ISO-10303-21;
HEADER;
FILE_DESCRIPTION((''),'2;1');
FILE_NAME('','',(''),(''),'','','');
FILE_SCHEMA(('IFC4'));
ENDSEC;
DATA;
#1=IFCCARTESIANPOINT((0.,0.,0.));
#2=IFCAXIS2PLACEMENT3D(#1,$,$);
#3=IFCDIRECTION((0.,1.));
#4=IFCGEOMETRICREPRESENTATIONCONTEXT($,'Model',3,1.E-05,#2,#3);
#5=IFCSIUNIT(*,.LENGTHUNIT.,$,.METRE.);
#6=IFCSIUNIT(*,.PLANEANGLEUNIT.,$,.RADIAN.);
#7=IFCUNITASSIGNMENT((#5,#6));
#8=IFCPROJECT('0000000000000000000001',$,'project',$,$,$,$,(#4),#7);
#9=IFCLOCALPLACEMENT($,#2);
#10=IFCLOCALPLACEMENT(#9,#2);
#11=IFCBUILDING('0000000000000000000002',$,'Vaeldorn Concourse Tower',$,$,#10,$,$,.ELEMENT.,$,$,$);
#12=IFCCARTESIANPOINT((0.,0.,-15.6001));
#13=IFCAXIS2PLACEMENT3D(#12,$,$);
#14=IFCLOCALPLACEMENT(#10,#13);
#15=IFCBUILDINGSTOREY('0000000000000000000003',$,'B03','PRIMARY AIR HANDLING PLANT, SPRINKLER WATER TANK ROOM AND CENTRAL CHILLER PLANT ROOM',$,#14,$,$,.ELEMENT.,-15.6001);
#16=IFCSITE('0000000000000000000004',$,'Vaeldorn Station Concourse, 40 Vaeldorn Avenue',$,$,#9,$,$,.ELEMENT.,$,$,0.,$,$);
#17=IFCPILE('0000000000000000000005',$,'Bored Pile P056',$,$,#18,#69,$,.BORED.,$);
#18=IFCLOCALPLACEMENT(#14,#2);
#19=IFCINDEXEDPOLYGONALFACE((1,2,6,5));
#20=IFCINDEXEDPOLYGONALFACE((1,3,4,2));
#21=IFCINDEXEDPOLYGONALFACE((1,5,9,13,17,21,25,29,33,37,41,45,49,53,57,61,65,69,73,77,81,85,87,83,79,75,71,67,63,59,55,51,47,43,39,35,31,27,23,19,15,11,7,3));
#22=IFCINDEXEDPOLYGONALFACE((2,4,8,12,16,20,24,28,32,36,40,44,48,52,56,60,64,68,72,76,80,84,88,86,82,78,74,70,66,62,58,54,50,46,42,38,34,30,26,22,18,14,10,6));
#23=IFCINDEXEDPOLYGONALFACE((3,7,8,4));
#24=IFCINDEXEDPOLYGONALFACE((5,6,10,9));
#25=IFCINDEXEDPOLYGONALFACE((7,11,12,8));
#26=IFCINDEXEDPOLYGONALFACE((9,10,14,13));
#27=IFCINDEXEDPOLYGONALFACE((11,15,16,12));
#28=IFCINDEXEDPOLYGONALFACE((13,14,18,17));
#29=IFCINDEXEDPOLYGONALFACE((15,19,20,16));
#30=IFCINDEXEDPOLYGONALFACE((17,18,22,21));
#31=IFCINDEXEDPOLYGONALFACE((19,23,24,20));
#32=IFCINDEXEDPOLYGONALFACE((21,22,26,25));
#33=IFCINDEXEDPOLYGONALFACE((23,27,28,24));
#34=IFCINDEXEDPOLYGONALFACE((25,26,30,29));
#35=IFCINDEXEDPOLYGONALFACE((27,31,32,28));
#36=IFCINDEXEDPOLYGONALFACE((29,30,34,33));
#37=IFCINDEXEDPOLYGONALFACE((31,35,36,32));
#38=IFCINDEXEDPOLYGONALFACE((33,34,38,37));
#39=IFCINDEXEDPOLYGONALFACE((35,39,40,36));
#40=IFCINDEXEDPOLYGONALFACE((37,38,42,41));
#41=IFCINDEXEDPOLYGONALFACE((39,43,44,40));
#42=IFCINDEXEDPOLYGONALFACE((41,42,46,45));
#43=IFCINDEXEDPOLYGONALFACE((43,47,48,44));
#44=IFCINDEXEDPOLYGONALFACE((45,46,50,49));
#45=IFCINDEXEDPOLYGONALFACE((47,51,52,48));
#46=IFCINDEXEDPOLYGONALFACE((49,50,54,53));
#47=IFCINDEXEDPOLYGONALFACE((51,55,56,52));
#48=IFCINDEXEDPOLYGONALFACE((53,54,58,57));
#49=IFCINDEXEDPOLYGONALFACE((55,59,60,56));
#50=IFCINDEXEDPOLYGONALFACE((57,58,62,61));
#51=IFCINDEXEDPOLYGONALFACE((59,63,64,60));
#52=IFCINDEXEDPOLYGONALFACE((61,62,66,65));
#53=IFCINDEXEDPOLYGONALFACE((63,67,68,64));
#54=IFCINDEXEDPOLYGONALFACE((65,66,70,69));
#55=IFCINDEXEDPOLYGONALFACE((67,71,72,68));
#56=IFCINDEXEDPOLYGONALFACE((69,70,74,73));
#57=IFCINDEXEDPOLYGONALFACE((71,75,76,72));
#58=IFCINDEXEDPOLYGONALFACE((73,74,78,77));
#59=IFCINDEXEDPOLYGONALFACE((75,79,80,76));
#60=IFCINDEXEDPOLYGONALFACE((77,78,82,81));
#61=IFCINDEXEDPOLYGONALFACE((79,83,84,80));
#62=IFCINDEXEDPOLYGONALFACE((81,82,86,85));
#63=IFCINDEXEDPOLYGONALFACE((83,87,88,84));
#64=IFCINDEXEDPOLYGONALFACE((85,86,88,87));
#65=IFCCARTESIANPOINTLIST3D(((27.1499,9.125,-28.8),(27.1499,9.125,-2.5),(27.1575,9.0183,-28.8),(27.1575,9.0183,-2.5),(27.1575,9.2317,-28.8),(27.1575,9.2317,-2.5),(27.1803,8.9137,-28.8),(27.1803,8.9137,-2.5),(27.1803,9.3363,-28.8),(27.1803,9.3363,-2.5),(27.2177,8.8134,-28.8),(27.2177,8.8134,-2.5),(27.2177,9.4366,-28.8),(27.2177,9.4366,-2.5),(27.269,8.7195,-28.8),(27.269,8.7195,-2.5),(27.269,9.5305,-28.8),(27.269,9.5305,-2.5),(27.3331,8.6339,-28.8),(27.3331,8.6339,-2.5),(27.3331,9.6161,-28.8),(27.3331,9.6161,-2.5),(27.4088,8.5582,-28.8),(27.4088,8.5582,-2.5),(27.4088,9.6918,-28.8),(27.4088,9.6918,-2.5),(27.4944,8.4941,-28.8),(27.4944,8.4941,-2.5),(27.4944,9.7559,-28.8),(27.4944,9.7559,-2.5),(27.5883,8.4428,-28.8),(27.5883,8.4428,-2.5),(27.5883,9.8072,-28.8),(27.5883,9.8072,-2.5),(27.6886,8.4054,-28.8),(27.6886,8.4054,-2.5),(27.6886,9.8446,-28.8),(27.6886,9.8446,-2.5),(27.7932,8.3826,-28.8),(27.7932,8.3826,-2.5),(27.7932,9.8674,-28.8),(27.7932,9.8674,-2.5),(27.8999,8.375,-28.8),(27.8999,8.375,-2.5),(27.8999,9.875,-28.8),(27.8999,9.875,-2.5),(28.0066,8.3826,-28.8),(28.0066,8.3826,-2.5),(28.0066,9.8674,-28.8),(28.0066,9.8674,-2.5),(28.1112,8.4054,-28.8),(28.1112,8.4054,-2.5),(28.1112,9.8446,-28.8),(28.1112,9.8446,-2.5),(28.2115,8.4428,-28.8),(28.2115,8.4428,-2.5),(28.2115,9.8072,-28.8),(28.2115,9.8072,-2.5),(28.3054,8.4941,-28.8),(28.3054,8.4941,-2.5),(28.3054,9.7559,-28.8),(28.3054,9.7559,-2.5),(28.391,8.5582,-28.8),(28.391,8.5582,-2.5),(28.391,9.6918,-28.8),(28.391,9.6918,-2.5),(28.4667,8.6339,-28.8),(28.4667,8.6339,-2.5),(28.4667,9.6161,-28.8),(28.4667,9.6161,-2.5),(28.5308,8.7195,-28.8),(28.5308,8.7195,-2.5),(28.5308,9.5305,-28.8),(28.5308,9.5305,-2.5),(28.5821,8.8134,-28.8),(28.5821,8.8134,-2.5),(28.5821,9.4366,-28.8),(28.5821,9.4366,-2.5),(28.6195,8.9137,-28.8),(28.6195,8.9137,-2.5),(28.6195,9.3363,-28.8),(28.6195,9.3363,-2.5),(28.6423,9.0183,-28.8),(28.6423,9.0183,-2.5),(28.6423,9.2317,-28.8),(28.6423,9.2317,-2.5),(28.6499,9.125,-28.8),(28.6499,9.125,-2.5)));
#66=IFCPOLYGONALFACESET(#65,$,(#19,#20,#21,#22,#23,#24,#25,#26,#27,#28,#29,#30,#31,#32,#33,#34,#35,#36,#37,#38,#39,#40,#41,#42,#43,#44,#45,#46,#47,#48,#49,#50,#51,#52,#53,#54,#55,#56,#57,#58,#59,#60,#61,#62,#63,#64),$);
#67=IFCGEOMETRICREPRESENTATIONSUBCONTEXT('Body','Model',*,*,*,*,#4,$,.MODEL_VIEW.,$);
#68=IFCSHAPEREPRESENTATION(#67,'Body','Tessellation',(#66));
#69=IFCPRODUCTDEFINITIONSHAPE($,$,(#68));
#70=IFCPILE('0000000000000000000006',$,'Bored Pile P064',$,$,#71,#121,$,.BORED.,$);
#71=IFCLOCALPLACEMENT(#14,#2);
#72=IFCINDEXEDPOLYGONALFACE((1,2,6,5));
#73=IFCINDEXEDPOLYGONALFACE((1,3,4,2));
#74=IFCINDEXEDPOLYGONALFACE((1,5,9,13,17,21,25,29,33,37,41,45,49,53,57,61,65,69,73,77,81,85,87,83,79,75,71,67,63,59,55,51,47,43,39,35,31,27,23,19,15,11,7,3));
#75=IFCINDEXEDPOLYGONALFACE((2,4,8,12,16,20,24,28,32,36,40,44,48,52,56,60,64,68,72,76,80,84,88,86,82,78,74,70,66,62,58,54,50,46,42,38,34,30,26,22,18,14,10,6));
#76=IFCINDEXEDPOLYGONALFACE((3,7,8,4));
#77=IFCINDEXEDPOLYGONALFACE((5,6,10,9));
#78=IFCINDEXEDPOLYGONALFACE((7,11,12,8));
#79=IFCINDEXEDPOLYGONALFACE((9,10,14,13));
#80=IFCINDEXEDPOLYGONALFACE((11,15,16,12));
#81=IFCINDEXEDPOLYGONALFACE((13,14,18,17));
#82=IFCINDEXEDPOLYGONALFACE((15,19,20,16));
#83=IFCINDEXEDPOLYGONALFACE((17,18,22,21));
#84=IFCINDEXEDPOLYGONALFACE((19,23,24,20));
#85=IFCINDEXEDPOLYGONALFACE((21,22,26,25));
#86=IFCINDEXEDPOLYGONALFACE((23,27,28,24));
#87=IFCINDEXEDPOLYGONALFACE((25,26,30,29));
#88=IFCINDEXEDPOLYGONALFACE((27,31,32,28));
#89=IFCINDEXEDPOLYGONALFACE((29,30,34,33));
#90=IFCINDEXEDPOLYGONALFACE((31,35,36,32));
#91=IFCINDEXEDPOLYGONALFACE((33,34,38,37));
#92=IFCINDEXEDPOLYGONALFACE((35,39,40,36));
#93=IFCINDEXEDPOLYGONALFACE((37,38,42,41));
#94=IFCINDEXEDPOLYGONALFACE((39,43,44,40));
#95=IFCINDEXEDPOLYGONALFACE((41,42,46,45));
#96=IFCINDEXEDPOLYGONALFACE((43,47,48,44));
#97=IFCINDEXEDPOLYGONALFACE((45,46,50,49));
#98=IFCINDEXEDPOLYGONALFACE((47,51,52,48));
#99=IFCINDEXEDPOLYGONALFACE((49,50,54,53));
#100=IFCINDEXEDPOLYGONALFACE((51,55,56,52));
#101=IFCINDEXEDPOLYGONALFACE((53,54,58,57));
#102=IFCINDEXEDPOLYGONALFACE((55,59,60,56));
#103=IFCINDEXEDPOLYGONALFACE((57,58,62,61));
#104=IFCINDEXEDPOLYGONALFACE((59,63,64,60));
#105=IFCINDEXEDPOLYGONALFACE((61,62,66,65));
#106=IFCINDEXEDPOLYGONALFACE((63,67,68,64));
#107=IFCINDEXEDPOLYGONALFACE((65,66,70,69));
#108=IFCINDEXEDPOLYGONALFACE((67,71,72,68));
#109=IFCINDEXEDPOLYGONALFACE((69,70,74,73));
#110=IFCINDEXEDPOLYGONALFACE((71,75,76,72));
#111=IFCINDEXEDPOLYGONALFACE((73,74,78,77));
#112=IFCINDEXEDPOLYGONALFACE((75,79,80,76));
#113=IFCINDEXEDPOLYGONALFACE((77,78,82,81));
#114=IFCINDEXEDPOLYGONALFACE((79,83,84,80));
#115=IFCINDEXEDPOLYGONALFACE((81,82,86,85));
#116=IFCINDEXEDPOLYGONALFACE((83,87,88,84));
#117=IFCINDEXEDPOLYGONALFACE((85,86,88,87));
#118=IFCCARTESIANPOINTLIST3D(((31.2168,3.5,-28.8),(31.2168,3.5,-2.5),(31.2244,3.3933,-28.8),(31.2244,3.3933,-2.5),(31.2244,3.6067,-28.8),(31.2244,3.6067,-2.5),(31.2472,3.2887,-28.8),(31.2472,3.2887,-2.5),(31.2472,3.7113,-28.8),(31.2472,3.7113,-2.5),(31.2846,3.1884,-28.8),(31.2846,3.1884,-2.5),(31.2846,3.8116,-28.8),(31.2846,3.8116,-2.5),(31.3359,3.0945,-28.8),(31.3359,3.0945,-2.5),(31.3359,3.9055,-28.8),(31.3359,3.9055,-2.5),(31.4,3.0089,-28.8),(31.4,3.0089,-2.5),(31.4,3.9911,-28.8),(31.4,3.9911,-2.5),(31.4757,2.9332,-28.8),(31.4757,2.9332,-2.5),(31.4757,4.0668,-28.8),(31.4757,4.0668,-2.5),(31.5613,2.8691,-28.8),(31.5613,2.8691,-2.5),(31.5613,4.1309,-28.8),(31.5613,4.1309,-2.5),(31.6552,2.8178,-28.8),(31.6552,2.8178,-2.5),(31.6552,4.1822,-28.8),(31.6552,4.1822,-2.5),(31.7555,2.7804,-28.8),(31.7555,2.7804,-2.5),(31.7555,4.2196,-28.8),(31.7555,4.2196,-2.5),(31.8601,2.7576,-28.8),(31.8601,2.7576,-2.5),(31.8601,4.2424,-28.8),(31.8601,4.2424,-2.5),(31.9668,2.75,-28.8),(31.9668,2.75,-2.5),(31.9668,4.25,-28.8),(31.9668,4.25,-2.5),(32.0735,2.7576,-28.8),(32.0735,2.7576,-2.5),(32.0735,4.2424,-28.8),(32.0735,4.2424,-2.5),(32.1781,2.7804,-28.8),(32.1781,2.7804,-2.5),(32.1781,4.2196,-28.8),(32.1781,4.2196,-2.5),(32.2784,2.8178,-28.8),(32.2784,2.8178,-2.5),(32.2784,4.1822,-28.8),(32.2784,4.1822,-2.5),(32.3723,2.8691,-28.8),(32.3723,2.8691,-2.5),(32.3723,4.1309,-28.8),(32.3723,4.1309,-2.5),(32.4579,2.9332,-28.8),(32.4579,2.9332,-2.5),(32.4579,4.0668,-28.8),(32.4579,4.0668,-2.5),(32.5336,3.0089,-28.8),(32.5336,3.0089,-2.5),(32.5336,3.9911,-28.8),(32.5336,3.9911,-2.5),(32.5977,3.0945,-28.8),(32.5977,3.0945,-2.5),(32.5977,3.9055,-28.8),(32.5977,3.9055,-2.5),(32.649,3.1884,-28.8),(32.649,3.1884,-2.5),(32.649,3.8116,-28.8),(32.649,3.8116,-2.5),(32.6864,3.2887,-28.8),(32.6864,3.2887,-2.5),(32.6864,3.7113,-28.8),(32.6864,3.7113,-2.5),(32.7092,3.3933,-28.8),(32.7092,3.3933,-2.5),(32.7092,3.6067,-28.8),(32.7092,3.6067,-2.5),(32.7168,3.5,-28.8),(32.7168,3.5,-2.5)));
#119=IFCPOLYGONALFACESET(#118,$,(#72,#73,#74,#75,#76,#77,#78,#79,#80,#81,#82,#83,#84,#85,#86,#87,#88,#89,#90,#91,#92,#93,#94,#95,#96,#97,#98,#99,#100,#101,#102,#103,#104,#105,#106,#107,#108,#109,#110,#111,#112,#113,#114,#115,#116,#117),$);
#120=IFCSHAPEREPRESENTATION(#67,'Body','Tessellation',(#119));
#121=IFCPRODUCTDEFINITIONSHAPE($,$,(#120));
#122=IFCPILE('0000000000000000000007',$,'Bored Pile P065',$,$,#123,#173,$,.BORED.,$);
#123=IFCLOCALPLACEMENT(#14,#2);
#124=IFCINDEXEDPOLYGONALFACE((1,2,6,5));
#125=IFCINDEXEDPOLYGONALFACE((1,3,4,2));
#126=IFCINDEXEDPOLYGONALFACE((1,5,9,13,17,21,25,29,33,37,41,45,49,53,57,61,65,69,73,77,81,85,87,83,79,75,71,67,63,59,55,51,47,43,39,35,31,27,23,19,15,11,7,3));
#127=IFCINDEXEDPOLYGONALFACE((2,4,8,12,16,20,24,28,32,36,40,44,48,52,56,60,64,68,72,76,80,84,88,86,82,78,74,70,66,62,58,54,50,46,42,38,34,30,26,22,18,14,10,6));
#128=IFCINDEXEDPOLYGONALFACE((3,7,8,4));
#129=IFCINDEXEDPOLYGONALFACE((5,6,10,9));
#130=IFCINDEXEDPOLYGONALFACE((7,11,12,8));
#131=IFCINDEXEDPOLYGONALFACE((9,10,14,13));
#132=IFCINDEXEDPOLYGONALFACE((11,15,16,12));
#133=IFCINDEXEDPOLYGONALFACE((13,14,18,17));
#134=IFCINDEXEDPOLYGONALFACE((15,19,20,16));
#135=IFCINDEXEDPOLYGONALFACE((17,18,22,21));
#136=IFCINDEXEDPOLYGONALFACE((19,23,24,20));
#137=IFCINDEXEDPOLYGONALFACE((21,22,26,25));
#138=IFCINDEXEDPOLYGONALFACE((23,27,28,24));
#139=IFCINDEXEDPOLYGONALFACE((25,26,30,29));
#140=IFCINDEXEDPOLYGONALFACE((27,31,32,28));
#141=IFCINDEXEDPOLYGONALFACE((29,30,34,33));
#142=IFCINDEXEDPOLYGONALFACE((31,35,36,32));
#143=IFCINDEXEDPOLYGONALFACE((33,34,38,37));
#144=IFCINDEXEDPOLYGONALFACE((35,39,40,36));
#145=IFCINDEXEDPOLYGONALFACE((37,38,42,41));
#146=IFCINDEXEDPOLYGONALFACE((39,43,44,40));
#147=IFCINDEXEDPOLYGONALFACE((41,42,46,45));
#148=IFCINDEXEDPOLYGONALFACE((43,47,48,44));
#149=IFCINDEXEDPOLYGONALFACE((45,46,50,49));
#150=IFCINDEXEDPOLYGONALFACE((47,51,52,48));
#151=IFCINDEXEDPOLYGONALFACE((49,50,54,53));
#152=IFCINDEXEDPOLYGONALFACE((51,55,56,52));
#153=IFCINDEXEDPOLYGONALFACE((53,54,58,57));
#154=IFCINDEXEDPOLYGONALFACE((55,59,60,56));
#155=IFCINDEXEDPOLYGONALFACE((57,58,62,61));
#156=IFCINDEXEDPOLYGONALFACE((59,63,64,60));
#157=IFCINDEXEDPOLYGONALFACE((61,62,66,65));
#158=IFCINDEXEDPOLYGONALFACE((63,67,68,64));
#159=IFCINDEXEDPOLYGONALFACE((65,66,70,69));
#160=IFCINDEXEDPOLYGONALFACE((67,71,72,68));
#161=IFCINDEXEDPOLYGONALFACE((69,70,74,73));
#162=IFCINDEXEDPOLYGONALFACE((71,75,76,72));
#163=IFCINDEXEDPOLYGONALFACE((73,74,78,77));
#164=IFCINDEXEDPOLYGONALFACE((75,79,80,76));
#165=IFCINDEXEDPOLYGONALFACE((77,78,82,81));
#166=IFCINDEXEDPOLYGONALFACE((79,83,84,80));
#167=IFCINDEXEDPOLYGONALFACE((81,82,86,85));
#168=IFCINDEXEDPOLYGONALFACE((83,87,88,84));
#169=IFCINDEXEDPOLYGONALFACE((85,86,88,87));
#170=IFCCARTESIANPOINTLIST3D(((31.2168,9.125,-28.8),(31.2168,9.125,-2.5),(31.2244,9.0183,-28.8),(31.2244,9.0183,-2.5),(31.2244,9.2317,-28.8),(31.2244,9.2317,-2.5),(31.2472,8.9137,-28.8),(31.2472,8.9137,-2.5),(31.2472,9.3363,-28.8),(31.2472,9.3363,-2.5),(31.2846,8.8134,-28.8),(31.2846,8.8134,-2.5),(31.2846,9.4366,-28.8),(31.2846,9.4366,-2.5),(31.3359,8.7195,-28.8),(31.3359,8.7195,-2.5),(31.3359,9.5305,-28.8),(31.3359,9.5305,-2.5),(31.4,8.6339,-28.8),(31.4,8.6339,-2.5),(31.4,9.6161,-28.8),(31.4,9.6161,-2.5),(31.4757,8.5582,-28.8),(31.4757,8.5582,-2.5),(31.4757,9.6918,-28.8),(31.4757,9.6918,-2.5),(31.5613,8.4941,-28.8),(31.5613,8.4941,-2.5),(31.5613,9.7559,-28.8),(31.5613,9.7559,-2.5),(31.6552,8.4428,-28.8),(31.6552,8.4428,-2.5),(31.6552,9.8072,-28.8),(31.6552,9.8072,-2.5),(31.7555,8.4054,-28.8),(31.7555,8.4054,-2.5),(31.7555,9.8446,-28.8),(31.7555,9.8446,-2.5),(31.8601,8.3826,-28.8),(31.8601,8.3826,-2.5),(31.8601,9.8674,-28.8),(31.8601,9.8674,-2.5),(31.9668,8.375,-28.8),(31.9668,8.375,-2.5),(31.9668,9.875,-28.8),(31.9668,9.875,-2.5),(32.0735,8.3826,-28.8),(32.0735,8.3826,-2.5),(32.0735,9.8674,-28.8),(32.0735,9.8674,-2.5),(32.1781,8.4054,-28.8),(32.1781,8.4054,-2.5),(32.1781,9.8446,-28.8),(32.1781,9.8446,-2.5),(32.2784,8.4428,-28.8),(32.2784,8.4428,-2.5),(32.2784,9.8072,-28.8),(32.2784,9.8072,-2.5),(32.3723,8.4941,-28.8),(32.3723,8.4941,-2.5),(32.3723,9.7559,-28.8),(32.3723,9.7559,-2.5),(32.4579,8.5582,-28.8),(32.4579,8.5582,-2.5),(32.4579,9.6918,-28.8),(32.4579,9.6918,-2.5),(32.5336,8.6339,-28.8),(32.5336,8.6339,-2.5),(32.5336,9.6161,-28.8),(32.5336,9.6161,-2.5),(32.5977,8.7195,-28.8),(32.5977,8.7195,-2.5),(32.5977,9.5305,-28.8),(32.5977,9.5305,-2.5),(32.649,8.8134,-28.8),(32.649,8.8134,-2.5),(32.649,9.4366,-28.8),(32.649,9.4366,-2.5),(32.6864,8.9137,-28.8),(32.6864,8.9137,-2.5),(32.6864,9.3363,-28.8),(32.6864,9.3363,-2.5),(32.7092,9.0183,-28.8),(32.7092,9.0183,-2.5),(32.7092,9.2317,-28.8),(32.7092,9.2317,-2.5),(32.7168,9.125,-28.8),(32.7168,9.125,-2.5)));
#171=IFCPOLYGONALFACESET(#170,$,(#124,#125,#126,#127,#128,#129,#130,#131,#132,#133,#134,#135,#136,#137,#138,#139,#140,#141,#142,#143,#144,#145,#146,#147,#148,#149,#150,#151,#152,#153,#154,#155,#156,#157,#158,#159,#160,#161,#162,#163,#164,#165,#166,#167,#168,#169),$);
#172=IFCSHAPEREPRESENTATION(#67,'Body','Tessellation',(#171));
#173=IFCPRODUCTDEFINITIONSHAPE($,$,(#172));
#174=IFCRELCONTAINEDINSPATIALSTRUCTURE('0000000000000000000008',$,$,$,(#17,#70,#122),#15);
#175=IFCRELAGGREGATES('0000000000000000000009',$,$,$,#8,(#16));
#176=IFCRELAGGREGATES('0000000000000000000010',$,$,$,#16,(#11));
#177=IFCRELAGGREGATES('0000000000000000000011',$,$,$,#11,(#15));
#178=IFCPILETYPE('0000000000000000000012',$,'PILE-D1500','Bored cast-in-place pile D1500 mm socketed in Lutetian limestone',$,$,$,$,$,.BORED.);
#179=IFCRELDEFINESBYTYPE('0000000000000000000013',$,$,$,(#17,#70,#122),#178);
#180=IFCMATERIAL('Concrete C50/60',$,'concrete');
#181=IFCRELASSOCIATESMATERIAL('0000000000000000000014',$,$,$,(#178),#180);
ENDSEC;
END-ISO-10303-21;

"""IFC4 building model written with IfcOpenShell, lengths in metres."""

from ifc_helpers import new_model, si_unit, direction, frame, origin, origin_2d, place, context, subcontext, project, spatial, circle, extrude, material, material_profile, profile_set, type_object, element, save


model = new_model("IFC4")

# Units and contexts
model_context = context("Model", 3, precision=1e-05, world=origin(), true_north=direction((0.0, 1.0)))
body_context = subcontext(model_context, "Body", "Model", "MODEL_VIEW")
ifc_project = project(units=[si_unit("LENGTHUNIT", "METRE"), si_unit("PLANEANGLEUNIT", "RADIAN")], contexts=[model_context])

# Site, building, storey
site_placement = place(None, origin())
site = spatial("IfcSite", under=ifc_project, at=site_placement, Name="Vaeldorn Station Concourse, 40 Vaeldorn Avenue", CompositionType="ELEMENT", RefElevation=0.0)
building_placement = place(site_placement, origin())
building = spatial("IfcBuilding", under=site, at=building_placement, Name="Vaeldorn Concourse Tower", CompositionType="ELEMENT")
storey_placement = place(building_placement, frame((0.0, 0.0, -15.6001)))
storey = spatial("IfcBuildingStorey", under=building, at=storey_placement, Name="B03", Description="PRIMARY AIR HANDLING PLANT, SPRINKLER WATER TANK ROOM AND CENTRAL CHILLER PLANT ROOM", CompositionType="ELEMENT", Elevation=-15.6001)

# Piles
ifc_material_1 = material(Name="Concrete C50/60", Category="concrete")
ifc_material_profile_1 = material_profile(ifc_material_1, circle(Radius=0.75, at=origin_2d()), Name="BORED PILE D1500")
ifc_profile_set_1 = profile_set([ifc_material_profile_1], Name="Concrete C50/60")
pile_type = type_object("IfcPileType", Name="PILE-D1500", Description="Bored cast-in-place pile D1500 mm socketed in Lutetian limestone", PredefinedType="BORED", material=ifc_profile_set_1)
for number, where, z_axis, x_axis, name in (
    (1, (27.8999, 9.125, -2.5), (0.0, 0.0, -1.0), (1.0, 0.0, 0.0), "Bored Pile P056"),
    (2, (31.9668, 3.5, -2.5), (0.0, 0.0, -1.0), (1.0, 0.0, 0.0), "Bored Pile P064"),
    (3, (31.9668, 9.125, -2.5), (0.0, 0.0, -1.0), (1.0, 0.0, 0.0), "Bored Pile P065"),
):
    element("IfcPile", number, at=place(storey_placement, frame(where, z_axis=z_axis, x_axis=x_axis)), inside=storey, type_object=pile_type, Name=name, PredefinedType="BORED", context=body_context, shape_type="SweptSolid", body=[
        extrude(circle(Radius=0.75, at=origin_2d()), origin(), (0.0, 0.0, 1.0), 26.3),
    ])

save(model, "model.ifc")
